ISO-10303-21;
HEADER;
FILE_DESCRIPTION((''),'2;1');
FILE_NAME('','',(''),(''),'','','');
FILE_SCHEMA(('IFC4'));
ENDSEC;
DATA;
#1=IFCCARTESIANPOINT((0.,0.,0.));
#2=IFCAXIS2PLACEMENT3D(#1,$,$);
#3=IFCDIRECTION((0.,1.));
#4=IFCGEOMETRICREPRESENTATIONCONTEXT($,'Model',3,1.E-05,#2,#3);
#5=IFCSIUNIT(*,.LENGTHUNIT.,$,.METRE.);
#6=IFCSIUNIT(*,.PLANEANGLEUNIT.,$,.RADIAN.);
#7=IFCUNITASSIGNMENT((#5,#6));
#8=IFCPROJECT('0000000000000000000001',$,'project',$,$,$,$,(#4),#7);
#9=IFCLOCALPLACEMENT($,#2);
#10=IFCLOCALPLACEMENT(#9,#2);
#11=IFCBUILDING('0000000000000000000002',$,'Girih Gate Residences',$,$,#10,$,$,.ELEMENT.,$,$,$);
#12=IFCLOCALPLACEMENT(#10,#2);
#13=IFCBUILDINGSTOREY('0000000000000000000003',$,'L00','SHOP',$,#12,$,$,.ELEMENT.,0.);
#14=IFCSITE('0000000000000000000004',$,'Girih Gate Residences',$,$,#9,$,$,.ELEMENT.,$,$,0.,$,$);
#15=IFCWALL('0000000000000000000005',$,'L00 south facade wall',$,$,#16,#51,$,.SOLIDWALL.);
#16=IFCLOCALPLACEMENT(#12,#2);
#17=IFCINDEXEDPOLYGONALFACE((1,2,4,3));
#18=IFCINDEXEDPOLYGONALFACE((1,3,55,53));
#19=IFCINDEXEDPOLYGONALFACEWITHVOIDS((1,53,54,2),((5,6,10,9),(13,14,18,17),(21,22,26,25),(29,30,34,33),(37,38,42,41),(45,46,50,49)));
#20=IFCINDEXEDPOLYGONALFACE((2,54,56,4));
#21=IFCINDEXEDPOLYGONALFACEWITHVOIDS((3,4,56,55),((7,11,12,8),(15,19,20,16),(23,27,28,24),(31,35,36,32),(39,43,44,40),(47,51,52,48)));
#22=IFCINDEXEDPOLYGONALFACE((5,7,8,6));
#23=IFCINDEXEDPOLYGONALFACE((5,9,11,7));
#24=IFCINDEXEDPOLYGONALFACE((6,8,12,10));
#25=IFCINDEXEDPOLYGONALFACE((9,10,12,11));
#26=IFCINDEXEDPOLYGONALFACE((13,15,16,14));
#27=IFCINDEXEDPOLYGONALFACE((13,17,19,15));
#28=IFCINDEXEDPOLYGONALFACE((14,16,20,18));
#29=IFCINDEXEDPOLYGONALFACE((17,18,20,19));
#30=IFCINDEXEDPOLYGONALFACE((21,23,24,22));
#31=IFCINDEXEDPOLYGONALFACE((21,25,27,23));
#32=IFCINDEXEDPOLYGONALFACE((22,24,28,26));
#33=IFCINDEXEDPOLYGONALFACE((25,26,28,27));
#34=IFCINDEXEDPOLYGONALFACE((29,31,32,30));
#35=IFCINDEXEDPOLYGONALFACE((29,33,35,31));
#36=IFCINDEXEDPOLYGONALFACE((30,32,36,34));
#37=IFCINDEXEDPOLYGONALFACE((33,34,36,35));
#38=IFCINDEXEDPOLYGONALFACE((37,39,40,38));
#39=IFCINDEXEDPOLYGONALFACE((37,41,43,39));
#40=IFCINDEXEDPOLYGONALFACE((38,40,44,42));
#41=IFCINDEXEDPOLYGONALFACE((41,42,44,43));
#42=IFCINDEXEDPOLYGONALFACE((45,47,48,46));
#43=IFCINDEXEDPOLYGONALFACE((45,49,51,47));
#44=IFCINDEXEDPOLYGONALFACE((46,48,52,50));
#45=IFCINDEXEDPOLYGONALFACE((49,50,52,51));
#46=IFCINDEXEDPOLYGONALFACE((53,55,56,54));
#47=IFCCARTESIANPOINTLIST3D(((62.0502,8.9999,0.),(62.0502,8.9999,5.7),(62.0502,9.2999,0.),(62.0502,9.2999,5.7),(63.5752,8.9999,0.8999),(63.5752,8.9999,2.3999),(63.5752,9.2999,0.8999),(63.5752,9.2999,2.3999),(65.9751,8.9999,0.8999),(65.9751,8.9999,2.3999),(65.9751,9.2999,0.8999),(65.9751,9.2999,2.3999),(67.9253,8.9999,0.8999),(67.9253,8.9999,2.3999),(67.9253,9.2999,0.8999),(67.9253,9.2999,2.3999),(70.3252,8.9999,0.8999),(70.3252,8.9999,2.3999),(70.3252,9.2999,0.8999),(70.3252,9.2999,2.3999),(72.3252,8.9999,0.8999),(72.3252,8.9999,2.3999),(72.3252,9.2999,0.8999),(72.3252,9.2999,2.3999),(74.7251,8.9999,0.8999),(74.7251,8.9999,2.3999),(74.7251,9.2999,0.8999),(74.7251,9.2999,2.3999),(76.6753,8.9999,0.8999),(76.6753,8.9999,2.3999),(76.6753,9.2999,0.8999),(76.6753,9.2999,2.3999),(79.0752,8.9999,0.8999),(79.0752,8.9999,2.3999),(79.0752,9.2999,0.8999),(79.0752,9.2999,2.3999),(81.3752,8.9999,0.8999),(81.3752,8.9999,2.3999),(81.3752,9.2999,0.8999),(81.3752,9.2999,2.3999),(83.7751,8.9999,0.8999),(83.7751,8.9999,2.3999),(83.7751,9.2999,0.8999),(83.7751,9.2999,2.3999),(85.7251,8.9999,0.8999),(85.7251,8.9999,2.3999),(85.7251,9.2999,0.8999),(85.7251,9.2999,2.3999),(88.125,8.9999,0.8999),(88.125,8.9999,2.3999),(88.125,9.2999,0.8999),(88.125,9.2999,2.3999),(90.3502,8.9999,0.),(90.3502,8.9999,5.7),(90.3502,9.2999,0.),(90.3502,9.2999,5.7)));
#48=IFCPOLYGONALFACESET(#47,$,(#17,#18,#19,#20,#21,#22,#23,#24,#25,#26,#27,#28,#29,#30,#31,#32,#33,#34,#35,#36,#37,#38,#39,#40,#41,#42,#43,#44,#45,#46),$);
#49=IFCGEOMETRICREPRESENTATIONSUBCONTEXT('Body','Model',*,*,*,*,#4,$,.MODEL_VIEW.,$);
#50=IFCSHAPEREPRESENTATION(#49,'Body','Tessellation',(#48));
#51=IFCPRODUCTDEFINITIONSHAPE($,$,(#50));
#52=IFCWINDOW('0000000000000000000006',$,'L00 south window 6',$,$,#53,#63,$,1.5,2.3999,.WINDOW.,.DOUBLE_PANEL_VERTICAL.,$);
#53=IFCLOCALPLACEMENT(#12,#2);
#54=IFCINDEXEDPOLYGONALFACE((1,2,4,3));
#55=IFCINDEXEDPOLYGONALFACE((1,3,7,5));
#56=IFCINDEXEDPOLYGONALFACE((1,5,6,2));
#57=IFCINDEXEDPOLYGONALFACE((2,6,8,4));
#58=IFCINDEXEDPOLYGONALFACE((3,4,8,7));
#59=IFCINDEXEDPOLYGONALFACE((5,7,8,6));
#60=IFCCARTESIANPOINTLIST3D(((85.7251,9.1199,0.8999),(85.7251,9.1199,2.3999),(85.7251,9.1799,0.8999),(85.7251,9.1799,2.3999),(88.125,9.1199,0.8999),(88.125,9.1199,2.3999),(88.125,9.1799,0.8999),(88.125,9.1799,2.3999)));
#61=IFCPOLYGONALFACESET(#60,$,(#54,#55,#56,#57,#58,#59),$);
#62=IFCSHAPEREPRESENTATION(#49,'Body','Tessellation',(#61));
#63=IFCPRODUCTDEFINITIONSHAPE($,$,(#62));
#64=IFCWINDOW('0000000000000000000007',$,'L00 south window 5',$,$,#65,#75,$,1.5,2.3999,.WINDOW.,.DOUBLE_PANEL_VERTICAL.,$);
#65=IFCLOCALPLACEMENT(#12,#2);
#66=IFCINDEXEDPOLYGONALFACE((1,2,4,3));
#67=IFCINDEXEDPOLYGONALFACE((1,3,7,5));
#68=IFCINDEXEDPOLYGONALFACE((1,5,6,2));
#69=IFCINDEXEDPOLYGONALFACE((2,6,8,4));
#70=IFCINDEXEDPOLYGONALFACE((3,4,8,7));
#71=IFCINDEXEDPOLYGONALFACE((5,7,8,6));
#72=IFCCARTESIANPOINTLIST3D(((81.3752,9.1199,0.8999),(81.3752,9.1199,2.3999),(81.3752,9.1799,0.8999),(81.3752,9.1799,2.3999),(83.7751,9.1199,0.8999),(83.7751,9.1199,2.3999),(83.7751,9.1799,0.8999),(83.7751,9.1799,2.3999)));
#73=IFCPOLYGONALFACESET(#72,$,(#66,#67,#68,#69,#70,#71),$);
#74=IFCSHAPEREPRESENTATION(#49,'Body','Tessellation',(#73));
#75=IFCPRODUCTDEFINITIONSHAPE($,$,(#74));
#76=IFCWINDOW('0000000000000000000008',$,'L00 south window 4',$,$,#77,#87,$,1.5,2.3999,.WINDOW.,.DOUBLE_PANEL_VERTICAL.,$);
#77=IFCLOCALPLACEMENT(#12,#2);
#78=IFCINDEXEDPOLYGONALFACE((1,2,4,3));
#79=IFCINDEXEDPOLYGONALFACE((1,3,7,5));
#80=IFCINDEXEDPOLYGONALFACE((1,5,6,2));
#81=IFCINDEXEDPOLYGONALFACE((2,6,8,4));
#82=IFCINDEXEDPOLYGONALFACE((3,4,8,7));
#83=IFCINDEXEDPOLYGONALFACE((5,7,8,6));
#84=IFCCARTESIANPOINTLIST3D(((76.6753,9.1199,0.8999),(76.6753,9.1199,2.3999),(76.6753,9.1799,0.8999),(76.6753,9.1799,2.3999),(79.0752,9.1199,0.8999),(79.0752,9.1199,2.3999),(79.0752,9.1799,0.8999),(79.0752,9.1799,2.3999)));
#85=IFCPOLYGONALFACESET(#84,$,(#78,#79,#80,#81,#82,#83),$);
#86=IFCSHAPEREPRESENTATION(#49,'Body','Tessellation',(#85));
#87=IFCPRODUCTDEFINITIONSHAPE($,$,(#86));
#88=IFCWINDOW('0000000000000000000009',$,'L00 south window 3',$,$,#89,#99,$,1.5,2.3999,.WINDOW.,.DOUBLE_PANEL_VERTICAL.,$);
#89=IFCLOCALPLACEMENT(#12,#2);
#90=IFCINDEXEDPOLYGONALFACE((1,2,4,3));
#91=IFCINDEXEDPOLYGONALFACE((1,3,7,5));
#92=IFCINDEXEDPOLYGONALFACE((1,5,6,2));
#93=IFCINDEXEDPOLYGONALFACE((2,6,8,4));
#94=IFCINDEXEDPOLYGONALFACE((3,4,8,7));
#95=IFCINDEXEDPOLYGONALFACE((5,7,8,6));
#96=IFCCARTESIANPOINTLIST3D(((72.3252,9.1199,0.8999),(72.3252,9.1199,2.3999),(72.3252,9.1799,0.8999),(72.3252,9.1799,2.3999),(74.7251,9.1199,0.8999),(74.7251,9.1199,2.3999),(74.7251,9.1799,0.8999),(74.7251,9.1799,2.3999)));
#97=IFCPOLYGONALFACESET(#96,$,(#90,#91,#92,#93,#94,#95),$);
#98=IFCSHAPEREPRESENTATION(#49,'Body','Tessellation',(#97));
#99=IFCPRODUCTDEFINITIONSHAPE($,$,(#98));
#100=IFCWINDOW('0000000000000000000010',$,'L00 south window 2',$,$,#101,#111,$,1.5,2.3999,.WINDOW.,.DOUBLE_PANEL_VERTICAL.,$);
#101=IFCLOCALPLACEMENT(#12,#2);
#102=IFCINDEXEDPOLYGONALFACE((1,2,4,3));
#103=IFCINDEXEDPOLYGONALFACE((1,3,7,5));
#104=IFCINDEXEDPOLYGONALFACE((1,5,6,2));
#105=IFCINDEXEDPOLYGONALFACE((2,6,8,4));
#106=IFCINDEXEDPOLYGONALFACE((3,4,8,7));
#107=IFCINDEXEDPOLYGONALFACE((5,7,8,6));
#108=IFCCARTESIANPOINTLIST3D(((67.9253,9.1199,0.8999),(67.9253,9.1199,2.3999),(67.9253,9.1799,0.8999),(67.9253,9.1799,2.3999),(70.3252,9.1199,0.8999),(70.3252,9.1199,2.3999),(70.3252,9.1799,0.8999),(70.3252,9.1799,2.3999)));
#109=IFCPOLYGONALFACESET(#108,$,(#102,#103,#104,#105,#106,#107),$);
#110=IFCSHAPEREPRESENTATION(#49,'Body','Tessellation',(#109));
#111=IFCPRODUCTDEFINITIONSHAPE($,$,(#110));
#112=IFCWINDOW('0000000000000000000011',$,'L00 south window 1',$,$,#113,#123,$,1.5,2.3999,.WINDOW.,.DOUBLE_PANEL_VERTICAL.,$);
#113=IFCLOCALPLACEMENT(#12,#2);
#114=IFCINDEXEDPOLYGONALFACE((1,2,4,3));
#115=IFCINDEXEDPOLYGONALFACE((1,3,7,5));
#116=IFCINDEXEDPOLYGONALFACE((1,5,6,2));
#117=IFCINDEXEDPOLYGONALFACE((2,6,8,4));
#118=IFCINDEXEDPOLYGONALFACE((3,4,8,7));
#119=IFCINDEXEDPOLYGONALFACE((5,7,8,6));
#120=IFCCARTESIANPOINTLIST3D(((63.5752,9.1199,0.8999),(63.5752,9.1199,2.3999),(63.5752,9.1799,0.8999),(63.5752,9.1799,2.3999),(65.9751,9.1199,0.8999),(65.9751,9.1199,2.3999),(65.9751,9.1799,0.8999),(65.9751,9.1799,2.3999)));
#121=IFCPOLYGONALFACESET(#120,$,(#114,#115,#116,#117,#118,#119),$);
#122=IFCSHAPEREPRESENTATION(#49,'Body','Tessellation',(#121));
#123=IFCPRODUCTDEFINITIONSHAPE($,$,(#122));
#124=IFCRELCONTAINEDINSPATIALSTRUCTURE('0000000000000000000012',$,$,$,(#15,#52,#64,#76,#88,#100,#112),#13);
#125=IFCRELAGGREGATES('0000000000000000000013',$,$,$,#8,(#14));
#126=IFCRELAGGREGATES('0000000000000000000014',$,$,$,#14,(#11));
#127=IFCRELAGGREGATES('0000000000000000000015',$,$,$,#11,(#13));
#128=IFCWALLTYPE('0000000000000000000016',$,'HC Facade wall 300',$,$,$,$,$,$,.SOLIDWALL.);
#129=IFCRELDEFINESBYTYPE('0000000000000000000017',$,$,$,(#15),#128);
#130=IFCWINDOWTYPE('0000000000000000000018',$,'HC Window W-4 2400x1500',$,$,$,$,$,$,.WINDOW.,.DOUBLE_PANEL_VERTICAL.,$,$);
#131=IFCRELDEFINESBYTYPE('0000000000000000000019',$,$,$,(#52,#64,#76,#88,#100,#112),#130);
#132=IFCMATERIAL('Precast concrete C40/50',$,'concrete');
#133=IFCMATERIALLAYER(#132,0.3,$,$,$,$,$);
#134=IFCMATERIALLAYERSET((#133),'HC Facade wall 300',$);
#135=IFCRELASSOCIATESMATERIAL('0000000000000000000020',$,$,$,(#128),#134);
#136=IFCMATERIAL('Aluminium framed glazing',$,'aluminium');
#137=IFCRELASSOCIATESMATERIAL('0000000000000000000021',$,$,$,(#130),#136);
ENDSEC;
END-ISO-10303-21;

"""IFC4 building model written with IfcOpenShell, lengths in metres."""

from ifc_helpers import new_model, si_unit, direction, frame, frame_2d, origin, place, context, subcontext, project, spatial, rectangle, extrude, material, layer, layer_set, type_object, element, fill, save


model = new_model("IFC4")

# Units and contexts
model_context = context("Model", 3, precision=1e-05, world=origin(), true_north=direction((0.0, 1.0)))
body_context = subcontext(model_context, "Body", "Model", "MODEL_VIEW")
ifc_project = project(units=[si_unit("LENGTHUNIT", "METRE"), si_unit("PLANEANGLEUNIT", "RADIAN")], contexts=[model_context])

# Site, building, storey
site_placement = place(None, origin())
site = spatial("IfcSite", under=ifc_project, at=site_placement, Name="Girih Gate Residences", CompositionType="ELEMENT", RefElevation=0.0)
building_placement = place(site_placement, origin())
building = spatial("IfcBuilding", under=site, at=building_placement, Name="Girih Gate Residences", CompositionType="ELEMENT")
storey_placement = place(building_placement, origin())
storey = spatial("IfcBuildingStorey", under=building, at=storey_placement, Name="L00", Description="SHOP", CompositionType="ELEMENT", Elevation=0.0)

# Wall, openings, windows
ifc_material_1 = material(Name="Precast concrete C40/50", Category="concrete")
ifc_layer_1 = layer(ifc_material_1, 0.3)
ifc_layer_set_1 = layer_set([ifc_layer_1], Name="HC Facade wall 300")
wall_type_1 = type_object("IfcWallType", Name="HC Facade wall 300", PredefinedType="SOLIDWALL", material=ifc_layer_set_1)
wall_1_placement = place(storey_placement, frame((90.3501, 9.1499, 0.0), z_axis=(0.0, 0.0, 1.0), x_axis=(-1.0, 0.0, 0.0)))
wall_1 = element("IfcWall", 1, at=wall_1_placement, inside=storey, type_object=wall_type_1, Name="L00 south facade wall", PredefinedType="SOLIDWALL", context=body_context, shape_type="SweptSolid", body=[
    extrude(rectangle(XDim=28.3, YDim=0.3, at=frame_2d((14.1499, 0.0))), origin(), (0.0, 0.0, 1.0), 5.7),
])
opening_1_placement = place(wall_1_placement, frame((2.2251, 0.0, 0.8999)))
opening_1 = element("IfcOpeningElement", 2, at=opening_1_placement, cuts=wall_1, PredefinedType="OPENING", context=body_context, shape_type="SweptSolid", body=[
    extrude(rectangle(XDim=2.3999, YDim=1.5, at=frame_2d((1.2, 0.75))), frame((0.0, 0.1599, 0.0), z_axis=(0.0, -1.0, 0.0), x_axis=(1.0, 0.0, 0.0)), (0.0, 0.0, 1.0), 0.3201),
])
opening_2_placement = place(wall_1_placement, frame((6.575, 0.0, 0.8999)))
opening_2 = element("IfcOpeningElement", 3, at=opening_2_placement, cuts=wall_1, PredefinedType="OPENING", context=body_context, shape_type="SweptSolid", body=[
    extrude(rectangle(XDim=2.3999, YDim=1.5, at=frame_2d((1.2, 0.75))), frame((0.0, 0.1599, 0.0), z_axis=(0.0, -1.0, 0.0), x_axis=(1.0, 0.0, 0.0)), (0.0, 0.0, 1.0), 0.3201),
])
opening_3_placement = place(wall_1_placement, frame((11.2749, 0.0, 0.8999)))
opening_3 = element("IfcOpeningElement", 4, at=opening_3_placement, cuts=wall_1, PredefinedType="OPENING", context=body_context, shape_type="SweptSolid", body=[
    extrude(rectangle(XDim=2.3999, YDim=1.5, at=frame_2d((1.2, 0.75))), frame((0.0, 0.1599, 0.0), z_axis=(0.0, -1.0, 0.0), x_axis=(1.0, 0.0, 0.0)), (0.0, 0.0, 1.0), 0.3201),
])
opening_4_placement = place(wall_1_placement, frame((15.625, 0.0, 0.8999)))
opening_4 = element("IfcOpeningElement", 5, at=opening_4_placement, cuts=wall_1, PredefinedType="OPENING", context=body_context, shape_type="SweptSolid", body=[
    extrude(rectangle(XDim=2.3999, YDim=1.5, at=frame_2d((1.2, 0.75))), frame((0.0, 0.1599, 0.0), z_axis=(0.0, -1.0, 0.0), x_axis=(1.0, 0.0, 0.0)), (0.0, 0.0, 1.0), 0.3201),
])
opening_5_placement = place(wall_1_placement, frame((20.0249, 0.0, 0.8999)))
opening_5 = element("IfcOpeningElement", 6, at=opening_5_placement, cuts=wall_1, PredefinedType="OPENING", context=body_context, shape_type="SweptSolid", body=[
    extrude(rectangle(XDim=2.3999, YDim=1.5, at=frame_2d((1.2, 0.75))), frame((0.0, 0.1599, 0.0), z_axis=(0.0, -1.0, 0.0), x_axis=(1.0, 0.0, 0.0)), (0.0, 0.0, 1.0), 0.3201),
])
opening_6_placement = place(wall_1_placement, frame((24.375, 0.0, 0.8999)))
opening_6 = element("IfcOpeningElement", 7, at=opening_6_placement, cuts=wall_1, PredefinedType="OPENING", context=body_context, shape_type="SweptSolid", body=[
    extrude(rectangle(XDim=2.3999, YDim=1.5, at=frame_2d((1.2, 0.75))), frame((0.0, 0.1599, 0.0), z_axis=(0.0, -1.0, 0.0), x_axis=(1.0, 0.0, 0.0)), (0.0, 0.0, 1.0), 0.3201),
])
ifc_material_2 = material(Name="Aluminium framed glazing", Category="aluminium")
window_type = type_object("IfcWindowType", Name="HC Window W-4 2400x1500", PartitioningType="DOUBLE_PANEL_VERTICAL", PredefinedType="WINDOW", material=ifc_material_2)
window_1_placement = place(opening_1_placement, origin())
window_1 = element("IfcWindow", 8, at=window_1_placement, inside=storey, type_object=window_type, Name="L00 south window 6", OverallHeight=1.5, OverallWidth=2.3999, PartitioningType="DOUBLE_PANEL_VERTICAL", PredefinedType="WINDOW", context=body_context, shape_type="SweptSolid", body=[
    extrude(rectangle(XDim=2.3999, YDim=1.5, at=frame_2d((1.2, 0.75))), frame((0.0, 0.03, 0.0), z_axis=(0.0, -1.0, 0.0), x_axis=(1.0, 0.0, 0.0)), (0.0, 0.0, 1.0), 0.0601),
])
fill(opening_1, window_1)
window_2_placement = place(opening_2_placement, origin())
window_2 = element("IfcWindow", 9, at=window_2_placement, inside=storey, type_object=window_type, Name="L00 south window 5", OverallHeight=1.5, OverallWidth=2.3999, PartitioningType="DOUBLE_PANEL_VERTICAL", PredefinedType="WINDOW", context=body_context, shape_type="SweptSolid", body=[
    extrude(rectangle(XDim=2.3999, YDim=1.5, at=frame_2d((1.2, 0.75))), frame((0.0, 0.03, 0.0), z_axis=(0.0, -1.0, 0.0), x_axis=(1.0, 0.0, 0.0)), (0.0, 0.0, 1.0), 0.0601),
])
fill(opening_2, window_2)
window_3_placement = place(opening_3_placement, origin())
window_3 = element("IfcWindow", 10, at=window_3_placement, inside=storey, type_object=window_type, Name="L00 south window 4", OverallHeight=1.5, OverallWidth=2.3999, PartitioningType="DOUBLE_PANEL_VERTICAL", PredefinedType="WINDOW", context=body_context, shape_type="SweptSolid", body=[
    extrude(rectangle(XDim=2.3999, YDim=1.5, at=frame_2d((1.2, 0.75))), frame((0.0, 0.03, 0.0), z_axis=(0.0, -1.0, 0.0), x_axis=(1.0, 0.0, 0.0)), (0.0, 0.0, 1.0), 0.0601),
])
fill(opening_3, window_3)
window_4_placement = place(opening_4_placement, origin())
window_4 = element("IfcWindow", 11, at=window_4_placement, inside=storey, type_object=window_type, Name="L00 south window 3", OverallHeight=1.5, OverallWidth=2.3999, PartitioningType="DOUBLE_PANEL_VERTICAL", PredefinedType="WINDOW", context=body_context, shape_type="SweptSolid", body=[
    extrude(rectangle(XDim=2.3999, YDim=1.5, at=frame_2d((1.2, 0.75))), frame((0.0, 0.03, 0.0), z_axis=(0.0, -1.0, 0.0), x_axis=(1.0, 0.0, 0.0)), (0.0, 0.0, 1.0), 0.0601),
])
fill(opening_4, window_4)
window_5_placement = place(opening_5_placement, origin())
window_5 = element("IfcWindow", 12, at=window_5_placement, inside=storey, type_object=window_type, Name="L00 south window 2", OverallHeight=1.5, OverallWidth=2.3999, PartitioningType="DOUBLE_PANEL_VERTICAL", PredefinedType="WINDOW", context=body_context, shape_type="SweptSolid", body=[
    extrude(rectangle(XDim=2.3999, YDim=1.5, at=frame_2d((1.2, 0.75))), frame((0.0, 0.03, 0.0), z_axis=(0.0, -1.0, 0.0), x_axis=(1.0, 0.0, 0.0)), (0.0, 0.0, 1.0), 0.0601),
])
fill(opening_5, window_5)
window_6_placement = place(opening_6_placement, origin())
window_6 = element("IfcWindow", 13, at=window_6_placement, inside=storey, type_object=window_type, Name="L00 south window 1", OverallHeight=1.5, OverallWidth=2.3999, PartitioningType="DOUBLE_PANEL_VERTICAL", PredefinedType="WINDOW", context=body_context, shape_type="SweptSolid", body=[
    extrude(rectangle(XDim=2.3999, YDim=1.5, at=frame_2d((1.2, 0.75))), frame((0.0, 0.03, 0.0), z_axis=(0.0, -1.0, 0.0), x_axis=(1.0, 0.0, 0.0)), (0.0, 0.0, 1.0), 0.0601),
])
fill(opening_6, window_6)

save(model, "model.ifc")
